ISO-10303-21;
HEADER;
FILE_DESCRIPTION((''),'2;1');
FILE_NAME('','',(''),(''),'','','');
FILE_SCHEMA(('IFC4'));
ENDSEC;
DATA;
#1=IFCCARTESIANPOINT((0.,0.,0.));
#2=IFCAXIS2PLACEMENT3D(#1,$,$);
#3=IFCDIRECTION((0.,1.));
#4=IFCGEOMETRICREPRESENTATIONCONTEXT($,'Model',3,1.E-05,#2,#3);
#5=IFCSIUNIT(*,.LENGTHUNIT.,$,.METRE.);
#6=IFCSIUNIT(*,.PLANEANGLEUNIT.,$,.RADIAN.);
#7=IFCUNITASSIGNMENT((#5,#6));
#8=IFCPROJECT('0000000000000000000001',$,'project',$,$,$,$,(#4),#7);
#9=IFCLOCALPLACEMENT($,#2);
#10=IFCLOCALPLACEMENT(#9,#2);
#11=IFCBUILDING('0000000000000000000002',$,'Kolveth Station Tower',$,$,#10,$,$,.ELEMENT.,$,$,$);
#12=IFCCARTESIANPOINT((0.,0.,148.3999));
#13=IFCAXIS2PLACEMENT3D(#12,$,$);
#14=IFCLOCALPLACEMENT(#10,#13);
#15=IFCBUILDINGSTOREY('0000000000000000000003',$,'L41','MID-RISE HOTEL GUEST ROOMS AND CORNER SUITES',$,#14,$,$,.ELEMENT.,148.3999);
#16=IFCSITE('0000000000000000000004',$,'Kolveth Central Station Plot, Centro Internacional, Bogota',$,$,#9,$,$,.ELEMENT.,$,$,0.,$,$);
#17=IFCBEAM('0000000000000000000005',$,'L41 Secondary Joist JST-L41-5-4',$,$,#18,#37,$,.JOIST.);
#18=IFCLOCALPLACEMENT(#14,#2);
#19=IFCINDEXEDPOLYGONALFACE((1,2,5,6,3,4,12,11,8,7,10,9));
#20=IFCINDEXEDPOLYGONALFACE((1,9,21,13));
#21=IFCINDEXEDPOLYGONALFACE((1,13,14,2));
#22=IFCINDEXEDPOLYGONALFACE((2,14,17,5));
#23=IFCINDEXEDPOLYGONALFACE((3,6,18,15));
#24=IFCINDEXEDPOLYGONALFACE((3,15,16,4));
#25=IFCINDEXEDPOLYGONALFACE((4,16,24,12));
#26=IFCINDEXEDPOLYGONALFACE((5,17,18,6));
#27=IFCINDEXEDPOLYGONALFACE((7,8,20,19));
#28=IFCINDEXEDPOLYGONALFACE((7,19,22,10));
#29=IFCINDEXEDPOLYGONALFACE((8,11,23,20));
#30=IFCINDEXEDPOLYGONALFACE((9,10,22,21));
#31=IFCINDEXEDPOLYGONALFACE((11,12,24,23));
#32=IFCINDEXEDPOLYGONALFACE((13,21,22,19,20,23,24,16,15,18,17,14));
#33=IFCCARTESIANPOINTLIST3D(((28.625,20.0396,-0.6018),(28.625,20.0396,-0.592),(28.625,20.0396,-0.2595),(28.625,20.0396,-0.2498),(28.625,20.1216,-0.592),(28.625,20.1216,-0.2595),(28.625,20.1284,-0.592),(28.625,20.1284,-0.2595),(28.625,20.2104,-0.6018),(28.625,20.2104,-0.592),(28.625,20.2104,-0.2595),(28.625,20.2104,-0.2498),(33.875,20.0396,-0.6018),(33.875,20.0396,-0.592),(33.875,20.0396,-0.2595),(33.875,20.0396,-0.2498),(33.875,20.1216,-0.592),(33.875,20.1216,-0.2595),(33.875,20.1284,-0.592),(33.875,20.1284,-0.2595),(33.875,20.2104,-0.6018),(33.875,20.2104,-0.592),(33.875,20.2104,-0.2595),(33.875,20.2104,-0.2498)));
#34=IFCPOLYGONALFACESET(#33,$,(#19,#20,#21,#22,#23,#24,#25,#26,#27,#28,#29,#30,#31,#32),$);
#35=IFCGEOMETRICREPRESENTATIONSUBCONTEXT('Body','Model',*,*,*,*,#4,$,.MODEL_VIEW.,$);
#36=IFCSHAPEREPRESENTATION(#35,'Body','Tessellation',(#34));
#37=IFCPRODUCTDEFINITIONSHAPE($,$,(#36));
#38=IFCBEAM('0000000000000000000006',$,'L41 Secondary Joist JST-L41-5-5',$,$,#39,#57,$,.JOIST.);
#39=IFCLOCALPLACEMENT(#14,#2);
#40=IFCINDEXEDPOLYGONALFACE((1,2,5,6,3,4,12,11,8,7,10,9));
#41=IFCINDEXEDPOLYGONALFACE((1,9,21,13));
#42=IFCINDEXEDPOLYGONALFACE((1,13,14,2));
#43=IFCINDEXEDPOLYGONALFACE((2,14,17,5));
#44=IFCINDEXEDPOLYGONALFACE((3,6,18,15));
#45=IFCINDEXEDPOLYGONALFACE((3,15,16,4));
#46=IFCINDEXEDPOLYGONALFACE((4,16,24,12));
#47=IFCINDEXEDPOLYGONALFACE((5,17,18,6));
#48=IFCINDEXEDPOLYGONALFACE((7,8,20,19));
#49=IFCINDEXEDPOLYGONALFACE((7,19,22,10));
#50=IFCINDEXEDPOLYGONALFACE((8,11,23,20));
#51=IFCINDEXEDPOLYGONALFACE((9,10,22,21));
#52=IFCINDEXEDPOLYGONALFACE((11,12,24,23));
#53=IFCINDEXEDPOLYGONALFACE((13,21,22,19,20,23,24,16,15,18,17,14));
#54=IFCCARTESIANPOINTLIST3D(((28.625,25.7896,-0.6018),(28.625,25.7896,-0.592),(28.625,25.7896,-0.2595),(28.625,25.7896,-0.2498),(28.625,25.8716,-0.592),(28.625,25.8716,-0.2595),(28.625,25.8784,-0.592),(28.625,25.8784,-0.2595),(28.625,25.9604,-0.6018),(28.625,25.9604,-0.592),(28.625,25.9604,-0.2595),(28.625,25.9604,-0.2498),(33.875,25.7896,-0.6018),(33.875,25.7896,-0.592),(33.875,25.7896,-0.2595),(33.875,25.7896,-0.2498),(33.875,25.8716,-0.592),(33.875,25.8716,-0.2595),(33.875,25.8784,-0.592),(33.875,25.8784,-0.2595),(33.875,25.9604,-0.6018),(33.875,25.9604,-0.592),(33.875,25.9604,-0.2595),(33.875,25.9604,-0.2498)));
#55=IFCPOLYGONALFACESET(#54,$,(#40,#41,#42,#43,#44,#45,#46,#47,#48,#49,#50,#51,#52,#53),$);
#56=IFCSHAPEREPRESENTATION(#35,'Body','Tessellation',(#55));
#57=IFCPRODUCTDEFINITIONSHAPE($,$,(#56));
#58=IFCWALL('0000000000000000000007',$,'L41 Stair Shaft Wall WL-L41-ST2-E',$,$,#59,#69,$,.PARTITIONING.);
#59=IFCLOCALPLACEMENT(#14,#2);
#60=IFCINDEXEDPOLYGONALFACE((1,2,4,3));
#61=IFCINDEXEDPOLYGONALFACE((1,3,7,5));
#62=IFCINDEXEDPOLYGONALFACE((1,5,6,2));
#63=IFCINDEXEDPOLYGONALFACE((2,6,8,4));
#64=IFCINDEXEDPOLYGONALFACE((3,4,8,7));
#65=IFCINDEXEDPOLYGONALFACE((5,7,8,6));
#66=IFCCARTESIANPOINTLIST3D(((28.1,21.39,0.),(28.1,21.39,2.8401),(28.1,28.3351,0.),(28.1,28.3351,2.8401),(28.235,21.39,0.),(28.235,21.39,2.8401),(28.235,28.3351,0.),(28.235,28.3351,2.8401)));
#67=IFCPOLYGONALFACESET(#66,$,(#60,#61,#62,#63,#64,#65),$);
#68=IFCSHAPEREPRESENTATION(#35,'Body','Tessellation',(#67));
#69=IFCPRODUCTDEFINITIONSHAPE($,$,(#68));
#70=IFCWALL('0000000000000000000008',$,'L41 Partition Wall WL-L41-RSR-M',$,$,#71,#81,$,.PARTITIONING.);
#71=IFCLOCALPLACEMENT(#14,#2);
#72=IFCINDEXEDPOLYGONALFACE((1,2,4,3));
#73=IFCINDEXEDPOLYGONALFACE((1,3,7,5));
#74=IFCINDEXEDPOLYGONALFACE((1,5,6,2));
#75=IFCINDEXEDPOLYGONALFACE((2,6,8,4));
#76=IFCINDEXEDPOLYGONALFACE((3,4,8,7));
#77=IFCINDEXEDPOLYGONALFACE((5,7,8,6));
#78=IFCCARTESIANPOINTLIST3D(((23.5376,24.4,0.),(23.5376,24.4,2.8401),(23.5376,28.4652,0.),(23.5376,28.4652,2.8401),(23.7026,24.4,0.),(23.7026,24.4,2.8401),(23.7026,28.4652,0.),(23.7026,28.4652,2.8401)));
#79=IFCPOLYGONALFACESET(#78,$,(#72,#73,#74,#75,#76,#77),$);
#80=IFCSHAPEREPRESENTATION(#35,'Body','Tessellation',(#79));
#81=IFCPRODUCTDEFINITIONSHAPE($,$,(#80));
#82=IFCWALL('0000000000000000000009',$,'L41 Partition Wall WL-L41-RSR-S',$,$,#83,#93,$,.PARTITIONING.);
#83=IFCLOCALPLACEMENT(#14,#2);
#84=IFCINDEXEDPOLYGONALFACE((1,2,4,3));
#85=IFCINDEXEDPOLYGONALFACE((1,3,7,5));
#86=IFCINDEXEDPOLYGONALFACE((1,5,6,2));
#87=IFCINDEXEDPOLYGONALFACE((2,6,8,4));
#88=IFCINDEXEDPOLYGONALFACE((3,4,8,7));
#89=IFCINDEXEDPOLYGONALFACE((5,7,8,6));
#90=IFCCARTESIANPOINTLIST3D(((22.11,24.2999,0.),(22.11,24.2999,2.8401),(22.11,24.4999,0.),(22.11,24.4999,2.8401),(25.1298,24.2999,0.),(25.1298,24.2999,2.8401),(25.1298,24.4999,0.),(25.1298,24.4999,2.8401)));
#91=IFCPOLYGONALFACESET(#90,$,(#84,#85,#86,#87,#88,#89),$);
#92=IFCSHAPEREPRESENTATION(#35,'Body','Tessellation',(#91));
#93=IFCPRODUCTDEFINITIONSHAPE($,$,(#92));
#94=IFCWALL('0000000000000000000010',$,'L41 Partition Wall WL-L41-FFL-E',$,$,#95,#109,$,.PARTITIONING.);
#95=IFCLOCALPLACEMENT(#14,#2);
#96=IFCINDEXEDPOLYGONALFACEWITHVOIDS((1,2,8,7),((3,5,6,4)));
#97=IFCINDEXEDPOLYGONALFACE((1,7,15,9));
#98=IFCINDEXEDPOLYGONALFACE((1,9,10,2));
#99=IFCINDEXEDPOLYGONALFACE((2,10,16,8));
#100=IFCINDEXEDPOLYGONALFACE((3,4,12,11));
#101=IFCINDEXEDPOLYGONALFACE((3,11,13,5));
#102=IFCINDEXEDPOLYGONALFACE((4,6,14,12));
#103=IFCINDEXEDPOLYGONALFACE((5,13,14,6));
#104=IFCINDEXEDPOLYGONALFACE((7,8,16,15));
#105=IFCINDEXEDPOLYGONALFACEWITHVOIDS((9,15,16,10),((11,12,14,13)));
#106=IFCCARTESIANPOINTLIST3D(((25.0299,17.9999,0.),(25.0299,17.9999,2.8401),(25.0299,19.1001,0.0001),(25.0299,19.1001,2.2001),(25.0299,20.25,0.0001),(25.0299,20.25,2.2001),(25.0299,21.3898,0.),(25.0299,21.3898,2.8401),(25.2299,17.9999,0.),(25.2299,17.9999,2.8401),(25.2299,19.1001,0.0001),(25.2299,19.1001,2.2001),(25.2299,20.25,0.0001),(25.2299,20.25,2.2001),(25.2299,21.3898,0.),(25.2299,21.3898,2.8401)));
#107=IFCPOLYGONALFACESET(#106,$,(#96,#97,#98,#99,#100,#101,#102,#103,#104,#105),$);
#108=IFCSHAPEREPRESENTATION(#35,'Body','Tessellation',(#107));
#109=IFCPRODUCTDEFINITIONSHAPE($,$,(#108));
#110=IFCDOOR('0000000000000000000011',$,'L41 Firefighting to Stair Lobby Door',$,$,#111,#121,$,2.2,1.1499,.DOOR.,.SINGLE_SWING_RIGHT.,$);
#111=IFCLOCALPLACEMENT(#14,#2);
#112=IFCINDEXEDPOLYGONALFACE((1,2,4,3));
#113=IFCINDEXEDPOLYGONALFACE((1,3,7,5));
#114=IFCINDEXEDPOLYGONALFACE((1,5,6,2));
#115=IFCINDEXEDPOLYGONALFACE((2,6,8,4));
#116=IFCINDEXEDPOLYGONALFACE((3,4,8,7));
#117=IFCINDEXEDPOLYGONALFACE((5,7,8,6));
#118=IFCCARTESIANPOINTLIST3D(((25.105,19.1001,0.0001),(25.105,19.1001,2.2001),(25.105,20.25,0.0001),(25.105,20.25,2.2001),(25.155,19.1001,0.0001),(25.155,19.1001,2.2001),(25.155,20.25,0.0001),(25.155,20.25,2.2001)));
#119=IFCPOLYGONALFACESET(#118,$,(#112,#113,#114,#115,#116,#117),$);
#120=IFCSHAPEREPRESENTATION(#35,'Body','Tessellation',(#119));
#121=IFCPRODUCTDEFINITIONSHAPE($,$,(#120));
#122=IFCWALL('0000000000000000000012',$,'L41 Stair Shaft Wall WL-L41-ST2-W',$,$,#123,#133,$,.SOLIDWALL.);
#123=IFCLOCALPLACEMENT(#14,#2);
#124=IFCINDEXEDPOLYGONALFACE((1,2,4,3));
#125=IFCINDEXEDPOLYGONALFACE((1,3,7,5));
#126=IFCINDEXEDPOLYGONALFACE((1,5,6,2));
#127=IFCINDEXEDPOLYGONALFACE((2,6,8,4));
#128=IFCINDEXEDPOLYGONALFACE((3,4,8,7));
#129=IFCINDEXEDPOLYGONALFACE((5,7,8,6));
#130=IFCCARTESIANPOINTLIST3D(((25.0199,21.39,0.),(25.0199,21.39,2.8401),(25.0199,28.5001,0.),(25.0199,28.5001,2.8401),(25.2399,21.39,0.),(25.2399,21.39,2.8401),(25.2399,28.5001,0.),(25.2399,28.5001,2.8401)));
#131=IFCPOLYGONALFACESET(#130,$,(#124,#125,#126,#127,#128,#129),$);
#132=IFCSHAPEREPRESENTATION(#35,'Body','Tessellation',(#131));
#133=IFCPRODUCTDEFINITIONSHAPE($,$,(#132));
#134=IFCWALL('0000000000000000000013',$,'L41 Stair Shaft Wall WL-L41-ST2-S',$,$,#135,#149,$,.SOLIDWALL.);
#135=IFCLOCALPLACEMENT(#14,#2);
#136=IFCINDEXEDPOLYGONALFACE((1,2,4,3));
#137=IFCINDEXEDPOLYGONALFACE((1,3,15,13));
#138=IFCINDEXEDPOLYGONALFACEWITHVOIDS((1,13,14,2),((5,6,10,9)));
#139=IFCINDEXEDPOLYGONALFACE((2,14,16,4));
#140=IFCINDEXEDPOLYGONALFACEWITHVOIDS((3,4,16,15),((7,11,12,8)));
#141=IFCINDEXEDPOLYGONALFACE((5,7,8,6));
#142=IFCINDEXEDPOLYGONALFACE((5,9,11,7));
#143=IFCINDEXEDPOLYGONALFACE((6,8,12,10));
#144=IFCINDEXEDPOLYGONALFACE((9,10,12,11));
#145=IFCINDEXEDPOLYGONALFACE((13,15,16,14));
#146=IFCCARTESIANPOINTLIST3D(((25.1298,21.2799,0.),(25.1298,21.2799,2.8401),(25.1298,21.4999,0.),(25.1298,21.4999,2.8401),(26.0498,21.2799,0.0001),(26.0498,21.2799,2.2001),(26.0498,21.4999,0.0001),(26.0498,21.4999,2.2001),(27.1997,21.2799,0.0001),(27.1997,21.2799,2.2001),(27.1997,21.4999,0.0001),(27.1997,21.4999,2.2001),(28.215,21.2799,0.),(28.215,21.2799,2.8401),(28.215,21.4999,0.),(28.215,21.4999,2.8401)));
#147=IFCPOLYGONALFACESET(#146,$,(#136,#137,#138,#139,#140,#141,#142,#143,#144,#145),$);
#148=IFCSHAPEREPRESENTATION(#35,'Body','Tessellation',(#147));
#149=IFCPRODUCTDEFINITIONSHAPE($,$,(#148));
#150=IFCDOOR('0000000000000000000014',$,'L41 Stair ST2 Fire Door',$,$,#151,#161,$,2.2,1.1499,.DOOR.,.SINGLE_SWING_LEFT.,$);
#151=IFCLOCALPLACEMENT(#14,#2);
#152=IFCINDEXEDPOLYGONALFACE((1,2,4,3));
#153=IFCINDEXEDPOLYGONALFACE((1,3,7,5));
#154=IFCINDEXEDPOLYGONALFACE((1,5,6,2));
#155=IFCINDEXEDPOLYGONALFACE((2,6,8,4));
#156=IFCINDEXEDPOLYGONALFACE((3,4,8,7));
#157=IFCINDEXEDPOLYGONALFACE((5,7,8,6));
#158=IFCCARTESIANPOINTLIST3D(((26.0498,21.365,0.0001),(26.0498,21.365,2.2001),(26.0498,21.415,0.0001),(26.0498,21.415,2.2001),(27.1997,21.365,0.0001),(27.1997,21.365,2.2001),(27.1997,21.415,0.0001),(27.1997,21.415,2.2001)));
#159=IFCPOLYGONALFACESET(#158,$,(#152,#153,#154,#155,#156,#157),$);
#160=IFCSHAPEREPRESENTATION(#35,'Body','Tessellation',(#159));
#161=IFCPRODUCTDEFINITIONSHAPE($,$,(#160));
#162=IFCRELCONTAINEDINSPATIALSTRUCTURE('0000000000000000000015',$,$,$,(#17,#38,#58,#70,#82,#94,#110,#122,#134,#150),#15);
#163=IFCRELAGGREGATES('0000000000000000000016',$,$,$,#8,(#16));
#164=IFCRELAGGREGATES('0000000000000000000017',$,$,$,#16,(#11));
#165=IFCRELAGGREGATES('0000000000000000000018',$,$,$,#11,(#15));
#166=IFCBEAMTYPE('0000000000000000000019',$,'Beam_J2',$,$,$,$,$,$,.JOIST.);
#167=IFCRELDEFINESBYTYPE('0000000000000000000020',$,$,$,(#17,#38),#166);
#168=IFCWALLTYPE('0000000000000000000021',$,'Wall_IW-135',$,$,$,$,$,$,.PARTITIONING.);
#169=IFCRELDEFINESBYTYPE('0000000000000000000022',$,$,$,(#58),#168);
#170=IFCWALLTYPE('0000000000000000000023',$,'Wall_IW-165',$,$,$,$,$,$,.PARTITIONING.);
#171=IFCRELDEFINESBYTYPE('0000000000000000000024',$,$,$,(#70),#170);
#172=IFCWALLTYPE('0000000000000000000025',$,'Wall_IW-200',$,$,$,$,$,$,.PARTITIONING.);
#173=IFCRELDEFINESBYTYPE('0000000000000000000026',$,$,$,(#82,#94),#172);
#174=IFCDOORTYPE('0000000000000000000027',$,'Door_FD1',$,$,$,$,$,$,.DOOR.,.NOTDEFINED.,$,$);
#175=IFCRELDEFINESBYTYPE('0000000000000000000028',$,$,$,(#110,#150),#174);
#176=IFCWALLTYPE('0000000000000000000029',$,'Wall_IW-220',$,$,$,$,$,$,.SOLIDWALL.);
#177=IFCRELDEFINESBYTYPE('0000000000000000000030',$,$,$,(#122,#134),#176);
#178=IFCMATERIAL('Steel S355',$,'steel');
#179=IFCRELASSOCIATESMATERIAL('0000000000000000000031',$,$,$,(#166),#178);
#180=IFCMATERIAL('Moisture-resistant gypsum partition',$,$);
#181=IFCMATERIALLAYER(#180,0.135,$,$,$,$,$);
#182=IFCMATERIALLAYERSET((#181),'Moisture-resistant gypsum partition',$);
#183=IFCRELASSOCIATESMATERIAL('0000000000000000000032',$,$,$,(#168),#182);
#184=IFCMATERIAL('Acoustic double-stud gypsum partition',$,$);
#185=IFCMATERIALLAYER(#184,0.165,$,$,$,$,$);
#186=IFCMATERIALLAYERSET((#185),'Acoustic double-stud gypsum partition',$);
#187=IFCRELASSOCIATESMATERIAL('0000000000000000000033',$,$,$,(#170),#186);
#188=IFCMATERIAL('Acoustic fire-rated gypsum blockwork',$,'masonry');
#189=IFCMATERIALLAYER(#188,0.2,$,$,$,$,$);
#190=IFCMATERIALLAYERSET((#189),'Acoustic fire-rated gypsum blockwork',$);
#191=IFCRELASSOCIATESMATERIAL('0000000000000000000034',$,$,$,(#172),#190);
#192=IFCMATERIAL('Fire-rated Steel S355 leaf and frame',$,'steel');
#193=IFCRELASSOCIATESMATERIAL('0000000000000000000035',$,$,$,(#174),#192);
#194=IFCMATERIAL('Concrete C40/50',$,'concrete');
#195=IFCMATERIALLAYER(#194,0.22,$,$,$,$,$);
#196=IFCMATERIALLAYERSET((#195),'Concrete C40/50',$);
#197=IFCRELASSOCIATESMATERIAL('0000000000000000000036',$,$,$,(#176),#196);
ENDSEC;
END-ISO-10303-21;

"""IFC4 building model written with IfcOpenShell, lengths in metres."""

from ifc_helpers import new_model, si_unit, direction, frame, frame_2d, origin, origin_2d, place, context, subcontext, project, spatial, rectangle, i_section, extrude, source, transform, mapped, material, layer, layer_set, material_profile, profile_set, type_object, element, fill, save


model = new_model("IFC4")

# Units and contexts
model_context = context("Model", 3, precision=1e-05, world=origin(), true_north=direction((0.0, 1.0)))
body_context = subcontext(model_context, "Body", "Model", "MODEL_VIEW")
ifc_project = project(units=[si_unit("LENGTHUNIT", "METRE"), si_unit("PLANEANGLEUNIT", "RADIAN")], contexts=[model_context])

# Site, building, storey
site_placement = place(None, origin())
site = spatial("IfcSite", under=ifc_project, at=site_placement, Name="Kolveth Central Station Plot, Centro Internacional, Bogota", CompositionType="ELEMENT", RefElevation=0.0)
building_placement = place(site_placement, origin())
building = spatial("IfcBuilding", under=site, at=building_placement, Name="Kolveth Station Tower", CompositionType="ELEMENT")
storey_placement = place(building_placement, frame((0.0, 0.0, 148.3999)))
storey = spatial("IfcBuildingStorey", under=building, at=storey_placement, Name="L41", Description="MID-RISE HOTEL GUEST ROOMS AND CORNER SUITES", CompositionType="ELEMENT", Elevation=148.3999)

# Shared definitions
ifc_material_1 = material(Name="Steel S355", Category="steel")

# Beams
ifc_material_profile_1 = material_profile(ifc_material_1, i_section(OverallWidth=0.1709, OverallDepth=0.3521, WebThickness=0.0068, FlangeThickness=0.0098, at=origin_2d()), Name="W360x44")
ifc_profile_set_1 = profile_set([ifc_material_profile_1], Name="Steel S355")
beam_type_1 = type_object("IfcBeamType", Name="Beam_J2", PredefinedType="JOIST", material=ifc_profile_set_1)
shared_shape_1 = source(origin(), body_context, "Body", "SweptSolid", [
    extrude(i_section(OverallWidth=0.1709, OverallDepth=0.3521, WebThickness=0.0068, FlangeThickness=0.0098, at=origin_2d()), origin(), (0.0, 0.0, 1.0), 5.25),
])
for number, where, z_axis, x_axis, name in (
    (1, (28.625, 20.125, -0.4258), (1.0, 0.0, 0.0), (0.0, 1.0, 0.0), "L41 Secondary Joist JST-L41-5-4"),
    (2, (28.625, 25.875, -0.4258), (1.0, 0.0, 0.0), (0.0, 1.0, 0.0), "L41 Secondary Joist JST-L41-5-5"),
):
    element("IfcBeam", number, at=place(storey_placement, frame(where, z_axis=z_axis, x_axis=x_axis)), inside=storey, type_object=beam_type_1, Name=name, PredefinedType="JOIST", context=body_context, shape_type="MappedRepresentation", body=[
        mapped(shared_shape_1, transform((0.0, 0.0, 0.0), x_axis=(1.0, 0.0, 0.0), y_axis=(0.0, 1.0, 0.0), z_axis=(0.0, 0.0, 1.0), scale=1.0)),
    ])

# Walls
ifc_material_2 = material(Name="Moisture-resistant gypsum partition")
ifc_layer_1 = layer(ifc_material_2, 0.135)
ifc_layer_set_1 = layer_set([ifc_layer_1], Name="Moisture-resistant gypsum partition")
wall_type_1 = type_object("IfcWallType", Name="Wall_IW-135", PredefinedType="PARTITIONING", material=ifc_layer_set_1)
wall_1_placement = place(storey_placement, frame((28.1675, 21.3899, 0.0), z_axis=(0.0, 0.0, 1.0), x_axis=(0.0, 1.0, 0.0)))
element("IfcWall", 3, at=wall_1_placement, inside=storey, type_object=wall_type_1, Name="L41 Stair Shaft Wall WL-L41-ST2-E", PredefinedType="PARTITIONING", context=body_context, shape_type="SweptSolid", body=[
    extrude(rectangle(XDim=6.9451, YDim=0.135, at=frame_2d((3.4727, 0.0))), origin(), (0.0, 0.0, 1.0), 2.8401),
])
ifc_material_3 = material(Name="Acoustic double-stud gypsum partition")
ifc_layer_2 = layer(ifc_material_3, 0.165)
ifc_layer_set_2 = layer_set([ifc_layer_2], Name="Acoustic double-stud gypsum partition")
wall_type_2 = type_object("IfcWallType", Name="Wall_IW-165", PredefinedType="PARTITIONING", material=ifc_layer_set_2)
wall_2_placement = place(storey_placement, frame((23.6201, 24.3999, 0.0), z_axis=(0.0, 0.0, 1.0), x_axis=(0.0, 1.0, 0.0)))
element("IfcWall", 4, at=wall_2_placement, inside=storey, type_object=wall_type_2, Name="L41 Partition Wall WL-L41-RSR-M", PredefinedType="PARTITIONING", context=body_context, shape_type="SweptSolid", body=[
    extrude(rectangle(XDim=4.0652, YDim=0.165, at=frame_2d((2.0327, 0.0))), origin(), (0.0, 0.0, 1.0), 2.8401),
])
ifc_material_4 = material(Name="Acoustic fire-rated gypsum blockwork", Category="masonry")
ifc_layer_3 = layer(ifc_material_4, 0.2)
ifc_layer_set_3 = layer_set([ifc_layer_3], Name="Acoustic fire-rated gypsum blockwork")
wall_type_3 = type_object("IfcWallType", Name="Wall_IW-200", PredefinedType="PARTITIONING", material=ifc_layer_set_3)
wall_3_placement = place(storey_placement, frame((22.1101, 24.3999, 0.0), z_axis=(0.0, 0.0, 1.0), x_axis=(1.0, 0.0, 0.0)))
element("IfcWall", 5, at=wall_3_placement, inside=storey, type_object=wall_type_3, Name="L41 Partition Wall WL-L41-RSR-S", PredefinedType="PARTITIONING", context=body_context, shape_type="SweptSolid", body=[
    extrude(rectangle(XDim=3.0198, YDim=0.2, at=frame_2d((1.5098, 0.0))), origin(), (0.0, 0.0, 1.0), 2.8401),
])

# Wall, opening, door
wall_4_placement = place(storey_placement, frame((25.1299, 18.0, 0.0), z_axis=(0.0, 0.0, 1.0), x_axis=(0.0, 1.0, 0.0)))
wall_4 = element("IfcWall", 6, at=wall_4_placement, inside=storey, type_object=wall_type_3, Name="L41 Partition Wall WL-L41-FFL-E", PredefinedType="PARTITIONING", context=body_context, shape_type="SweptSolid", body=[
    extrude(rectangle(XDim=3.3899, YDim=0.2, at=frame_2d((1.6948, 0.0))), origin(), (0.0, 0.0, 1.0), 2.8401),
])
opening_1_placement = place(wall_4_placement, frame((1.1001, 0.0, 0.0)))
opening_1 = element("IfcOpeningElement", 7, at=opening_1_placement, cuts=wall_4, PredefinedType="OPENING", context=body_context, shape_type="SweptSolid", body=[
    extrude(rectangle(XDim=1.1499, YDim=2.2, at=frame_2d((0.575, 1.1001))), frame((0.0, 0.1099, 0.0), z_axis=(0.0, -1.0, 0.0), x_axis=(1.0, 0.0, 0.0)), (0.0, 0.0, 1.0), 0.22),
])
ifc_material_5 = material(Name="Fire-rated Steel S355 leaf and frame", Category="steel")
door_type = type_object("IfcDoorType", Name="Door_FD1", OperationType="NOTDEFINED", PredefinedType="DOOR", material=ifc_material_5)
door_1_placement = place(opening_1_placement, origin())
door_1 = element("IfcDoor", 8, at=door_1_placement, inside=storey, type_object=door_type, Name="L41 Firefighting to Stair Lobby Door", OperationType="SINGLE_SWING_RIGHT", OverallHeight=2.2, OverallWidth=1.1499, PredefinedType="DOOR", context=body_context, shape_type="SweptSolid", body=[
    extrude(rectangle(XDim=1.1499, YDim=2.2, at=frame_2d((0.575, 1.1001))), frame((0.0, 0.0249, 0.0), z_axis=(0.0, -1.0, 0.0), x_axis=(1.0, 0.0, 0.0)), (0.0, 0.0, 1.0), 0.05),
])
fill(opening_1, door_1)

# Wall
ifc_material_6 = material(Name="Concrete C40/50", Category="concrete")
ifc_layer_4 = layer(ifc_material_6, 0.22)
ifc_layer_set_4 = layer_set([ifc_layer_4], Name="Concrete C40/50")
wall_type_4 = type_object("IfcWallType", Name="Wall_IW-220", PredefinedType="SOLIDWALL", material=ifc_layer_set_4)
wall_5_placement = place(storey_placement, frame((25.1299, 21.3899, 0.0), z_axis=(0.0, 0.0, 1.0), x_axis=(0.0, 1.0, 0.0)))
element("IfcWall", 9, at=wall_5_placement, inside=storey, type_object=wall_type_4, Name="L41 Stair Shaft Wall WL-L41-ST2-W", PredefinedType="SOLIDWALL", context=body_context, shape_type="SweptSolid", body=[
    extrude(rectangle(XDim=7.1101, YDim=0.22, at=frame_2d((3.5552, 0.0))), origin(), (0.0, 0.0, 1.0), 2.8401),
])

# Wall, opening, door
wall_6_placement = place(storey_placement, frame((25.1299, 21.3899, 0.0), z_axis=(0.0, 0.0, 1.0), x_axis=(1.0, 0.0, 0.0)))
wall_6 = element("IfcWall", 10, at=wall_6_placement, inside=storey, type_object=wall_type_4, Name="L41 Stair Shaft Wall WL-L41-ST2-S", PredefinedType="SOLIDWALL", context=body_context, shape_type="SweptSolid", body=[
    extrude(rectangle(XDim=3.0852, YDim=0.22, at=frame_2d((1.5425, 0.0))), origin(), (0.0, 0.0, 1.0), 2.8401),
])
opening_2_placement = place(wall_6_placement, frame((0.9199, 0.0, 0.0)))
opening_2 = element("IfcOpeningElement", 11, at=opening_2_placement, cuts=wall_6, PredefinedType="OPENING", context=body_context, shape_type="SweptSolid", body=[
    extrude(rectangle(XDim=1.1499, YDim=2.2, at=frame_2d((0.575, 1.1001))), frame((0.0, 0.1199, 0.0), z_axis=(0.0, -1.0, 0.0), x_axis=(1.0, 0.0, 0.0)), (0.0, 0.0, 1.0), 0.24),
])
door_2_placement = place(opening_2_placement, frame((1.1499, 0.0, 0.0), z_axis=(0.0, 0.0, 1.0), x_axis=(-1.0, 0.0, 0.0)))
door_2 = element("IfcDoor", 12, at=door_2_placement, inside=storey, type_object=door_type, Name="L41 Stair ST2 Fire Door", OperationType="SINGLE_SWING_LEFT", OverallHeight=2.2, OverallWidth=1.1499, PredefinedType="DOOR", context=body_context, shape_type="SweptSolid", body=[
    extrude(rectangle(XDim=1.1499, YDim=2.2, at=frame_2d((0.575, 1.1001))), frame((0.0, 0.0249, 0.0), z_axis=(0.0, -1.0, 0.0), x_axis=(1.0, 0.0, 0.0)), (0.0, 0.0, 1.0), 0.05),
])
fill(opening_2, door_2)

save(model, "model.ifc")
